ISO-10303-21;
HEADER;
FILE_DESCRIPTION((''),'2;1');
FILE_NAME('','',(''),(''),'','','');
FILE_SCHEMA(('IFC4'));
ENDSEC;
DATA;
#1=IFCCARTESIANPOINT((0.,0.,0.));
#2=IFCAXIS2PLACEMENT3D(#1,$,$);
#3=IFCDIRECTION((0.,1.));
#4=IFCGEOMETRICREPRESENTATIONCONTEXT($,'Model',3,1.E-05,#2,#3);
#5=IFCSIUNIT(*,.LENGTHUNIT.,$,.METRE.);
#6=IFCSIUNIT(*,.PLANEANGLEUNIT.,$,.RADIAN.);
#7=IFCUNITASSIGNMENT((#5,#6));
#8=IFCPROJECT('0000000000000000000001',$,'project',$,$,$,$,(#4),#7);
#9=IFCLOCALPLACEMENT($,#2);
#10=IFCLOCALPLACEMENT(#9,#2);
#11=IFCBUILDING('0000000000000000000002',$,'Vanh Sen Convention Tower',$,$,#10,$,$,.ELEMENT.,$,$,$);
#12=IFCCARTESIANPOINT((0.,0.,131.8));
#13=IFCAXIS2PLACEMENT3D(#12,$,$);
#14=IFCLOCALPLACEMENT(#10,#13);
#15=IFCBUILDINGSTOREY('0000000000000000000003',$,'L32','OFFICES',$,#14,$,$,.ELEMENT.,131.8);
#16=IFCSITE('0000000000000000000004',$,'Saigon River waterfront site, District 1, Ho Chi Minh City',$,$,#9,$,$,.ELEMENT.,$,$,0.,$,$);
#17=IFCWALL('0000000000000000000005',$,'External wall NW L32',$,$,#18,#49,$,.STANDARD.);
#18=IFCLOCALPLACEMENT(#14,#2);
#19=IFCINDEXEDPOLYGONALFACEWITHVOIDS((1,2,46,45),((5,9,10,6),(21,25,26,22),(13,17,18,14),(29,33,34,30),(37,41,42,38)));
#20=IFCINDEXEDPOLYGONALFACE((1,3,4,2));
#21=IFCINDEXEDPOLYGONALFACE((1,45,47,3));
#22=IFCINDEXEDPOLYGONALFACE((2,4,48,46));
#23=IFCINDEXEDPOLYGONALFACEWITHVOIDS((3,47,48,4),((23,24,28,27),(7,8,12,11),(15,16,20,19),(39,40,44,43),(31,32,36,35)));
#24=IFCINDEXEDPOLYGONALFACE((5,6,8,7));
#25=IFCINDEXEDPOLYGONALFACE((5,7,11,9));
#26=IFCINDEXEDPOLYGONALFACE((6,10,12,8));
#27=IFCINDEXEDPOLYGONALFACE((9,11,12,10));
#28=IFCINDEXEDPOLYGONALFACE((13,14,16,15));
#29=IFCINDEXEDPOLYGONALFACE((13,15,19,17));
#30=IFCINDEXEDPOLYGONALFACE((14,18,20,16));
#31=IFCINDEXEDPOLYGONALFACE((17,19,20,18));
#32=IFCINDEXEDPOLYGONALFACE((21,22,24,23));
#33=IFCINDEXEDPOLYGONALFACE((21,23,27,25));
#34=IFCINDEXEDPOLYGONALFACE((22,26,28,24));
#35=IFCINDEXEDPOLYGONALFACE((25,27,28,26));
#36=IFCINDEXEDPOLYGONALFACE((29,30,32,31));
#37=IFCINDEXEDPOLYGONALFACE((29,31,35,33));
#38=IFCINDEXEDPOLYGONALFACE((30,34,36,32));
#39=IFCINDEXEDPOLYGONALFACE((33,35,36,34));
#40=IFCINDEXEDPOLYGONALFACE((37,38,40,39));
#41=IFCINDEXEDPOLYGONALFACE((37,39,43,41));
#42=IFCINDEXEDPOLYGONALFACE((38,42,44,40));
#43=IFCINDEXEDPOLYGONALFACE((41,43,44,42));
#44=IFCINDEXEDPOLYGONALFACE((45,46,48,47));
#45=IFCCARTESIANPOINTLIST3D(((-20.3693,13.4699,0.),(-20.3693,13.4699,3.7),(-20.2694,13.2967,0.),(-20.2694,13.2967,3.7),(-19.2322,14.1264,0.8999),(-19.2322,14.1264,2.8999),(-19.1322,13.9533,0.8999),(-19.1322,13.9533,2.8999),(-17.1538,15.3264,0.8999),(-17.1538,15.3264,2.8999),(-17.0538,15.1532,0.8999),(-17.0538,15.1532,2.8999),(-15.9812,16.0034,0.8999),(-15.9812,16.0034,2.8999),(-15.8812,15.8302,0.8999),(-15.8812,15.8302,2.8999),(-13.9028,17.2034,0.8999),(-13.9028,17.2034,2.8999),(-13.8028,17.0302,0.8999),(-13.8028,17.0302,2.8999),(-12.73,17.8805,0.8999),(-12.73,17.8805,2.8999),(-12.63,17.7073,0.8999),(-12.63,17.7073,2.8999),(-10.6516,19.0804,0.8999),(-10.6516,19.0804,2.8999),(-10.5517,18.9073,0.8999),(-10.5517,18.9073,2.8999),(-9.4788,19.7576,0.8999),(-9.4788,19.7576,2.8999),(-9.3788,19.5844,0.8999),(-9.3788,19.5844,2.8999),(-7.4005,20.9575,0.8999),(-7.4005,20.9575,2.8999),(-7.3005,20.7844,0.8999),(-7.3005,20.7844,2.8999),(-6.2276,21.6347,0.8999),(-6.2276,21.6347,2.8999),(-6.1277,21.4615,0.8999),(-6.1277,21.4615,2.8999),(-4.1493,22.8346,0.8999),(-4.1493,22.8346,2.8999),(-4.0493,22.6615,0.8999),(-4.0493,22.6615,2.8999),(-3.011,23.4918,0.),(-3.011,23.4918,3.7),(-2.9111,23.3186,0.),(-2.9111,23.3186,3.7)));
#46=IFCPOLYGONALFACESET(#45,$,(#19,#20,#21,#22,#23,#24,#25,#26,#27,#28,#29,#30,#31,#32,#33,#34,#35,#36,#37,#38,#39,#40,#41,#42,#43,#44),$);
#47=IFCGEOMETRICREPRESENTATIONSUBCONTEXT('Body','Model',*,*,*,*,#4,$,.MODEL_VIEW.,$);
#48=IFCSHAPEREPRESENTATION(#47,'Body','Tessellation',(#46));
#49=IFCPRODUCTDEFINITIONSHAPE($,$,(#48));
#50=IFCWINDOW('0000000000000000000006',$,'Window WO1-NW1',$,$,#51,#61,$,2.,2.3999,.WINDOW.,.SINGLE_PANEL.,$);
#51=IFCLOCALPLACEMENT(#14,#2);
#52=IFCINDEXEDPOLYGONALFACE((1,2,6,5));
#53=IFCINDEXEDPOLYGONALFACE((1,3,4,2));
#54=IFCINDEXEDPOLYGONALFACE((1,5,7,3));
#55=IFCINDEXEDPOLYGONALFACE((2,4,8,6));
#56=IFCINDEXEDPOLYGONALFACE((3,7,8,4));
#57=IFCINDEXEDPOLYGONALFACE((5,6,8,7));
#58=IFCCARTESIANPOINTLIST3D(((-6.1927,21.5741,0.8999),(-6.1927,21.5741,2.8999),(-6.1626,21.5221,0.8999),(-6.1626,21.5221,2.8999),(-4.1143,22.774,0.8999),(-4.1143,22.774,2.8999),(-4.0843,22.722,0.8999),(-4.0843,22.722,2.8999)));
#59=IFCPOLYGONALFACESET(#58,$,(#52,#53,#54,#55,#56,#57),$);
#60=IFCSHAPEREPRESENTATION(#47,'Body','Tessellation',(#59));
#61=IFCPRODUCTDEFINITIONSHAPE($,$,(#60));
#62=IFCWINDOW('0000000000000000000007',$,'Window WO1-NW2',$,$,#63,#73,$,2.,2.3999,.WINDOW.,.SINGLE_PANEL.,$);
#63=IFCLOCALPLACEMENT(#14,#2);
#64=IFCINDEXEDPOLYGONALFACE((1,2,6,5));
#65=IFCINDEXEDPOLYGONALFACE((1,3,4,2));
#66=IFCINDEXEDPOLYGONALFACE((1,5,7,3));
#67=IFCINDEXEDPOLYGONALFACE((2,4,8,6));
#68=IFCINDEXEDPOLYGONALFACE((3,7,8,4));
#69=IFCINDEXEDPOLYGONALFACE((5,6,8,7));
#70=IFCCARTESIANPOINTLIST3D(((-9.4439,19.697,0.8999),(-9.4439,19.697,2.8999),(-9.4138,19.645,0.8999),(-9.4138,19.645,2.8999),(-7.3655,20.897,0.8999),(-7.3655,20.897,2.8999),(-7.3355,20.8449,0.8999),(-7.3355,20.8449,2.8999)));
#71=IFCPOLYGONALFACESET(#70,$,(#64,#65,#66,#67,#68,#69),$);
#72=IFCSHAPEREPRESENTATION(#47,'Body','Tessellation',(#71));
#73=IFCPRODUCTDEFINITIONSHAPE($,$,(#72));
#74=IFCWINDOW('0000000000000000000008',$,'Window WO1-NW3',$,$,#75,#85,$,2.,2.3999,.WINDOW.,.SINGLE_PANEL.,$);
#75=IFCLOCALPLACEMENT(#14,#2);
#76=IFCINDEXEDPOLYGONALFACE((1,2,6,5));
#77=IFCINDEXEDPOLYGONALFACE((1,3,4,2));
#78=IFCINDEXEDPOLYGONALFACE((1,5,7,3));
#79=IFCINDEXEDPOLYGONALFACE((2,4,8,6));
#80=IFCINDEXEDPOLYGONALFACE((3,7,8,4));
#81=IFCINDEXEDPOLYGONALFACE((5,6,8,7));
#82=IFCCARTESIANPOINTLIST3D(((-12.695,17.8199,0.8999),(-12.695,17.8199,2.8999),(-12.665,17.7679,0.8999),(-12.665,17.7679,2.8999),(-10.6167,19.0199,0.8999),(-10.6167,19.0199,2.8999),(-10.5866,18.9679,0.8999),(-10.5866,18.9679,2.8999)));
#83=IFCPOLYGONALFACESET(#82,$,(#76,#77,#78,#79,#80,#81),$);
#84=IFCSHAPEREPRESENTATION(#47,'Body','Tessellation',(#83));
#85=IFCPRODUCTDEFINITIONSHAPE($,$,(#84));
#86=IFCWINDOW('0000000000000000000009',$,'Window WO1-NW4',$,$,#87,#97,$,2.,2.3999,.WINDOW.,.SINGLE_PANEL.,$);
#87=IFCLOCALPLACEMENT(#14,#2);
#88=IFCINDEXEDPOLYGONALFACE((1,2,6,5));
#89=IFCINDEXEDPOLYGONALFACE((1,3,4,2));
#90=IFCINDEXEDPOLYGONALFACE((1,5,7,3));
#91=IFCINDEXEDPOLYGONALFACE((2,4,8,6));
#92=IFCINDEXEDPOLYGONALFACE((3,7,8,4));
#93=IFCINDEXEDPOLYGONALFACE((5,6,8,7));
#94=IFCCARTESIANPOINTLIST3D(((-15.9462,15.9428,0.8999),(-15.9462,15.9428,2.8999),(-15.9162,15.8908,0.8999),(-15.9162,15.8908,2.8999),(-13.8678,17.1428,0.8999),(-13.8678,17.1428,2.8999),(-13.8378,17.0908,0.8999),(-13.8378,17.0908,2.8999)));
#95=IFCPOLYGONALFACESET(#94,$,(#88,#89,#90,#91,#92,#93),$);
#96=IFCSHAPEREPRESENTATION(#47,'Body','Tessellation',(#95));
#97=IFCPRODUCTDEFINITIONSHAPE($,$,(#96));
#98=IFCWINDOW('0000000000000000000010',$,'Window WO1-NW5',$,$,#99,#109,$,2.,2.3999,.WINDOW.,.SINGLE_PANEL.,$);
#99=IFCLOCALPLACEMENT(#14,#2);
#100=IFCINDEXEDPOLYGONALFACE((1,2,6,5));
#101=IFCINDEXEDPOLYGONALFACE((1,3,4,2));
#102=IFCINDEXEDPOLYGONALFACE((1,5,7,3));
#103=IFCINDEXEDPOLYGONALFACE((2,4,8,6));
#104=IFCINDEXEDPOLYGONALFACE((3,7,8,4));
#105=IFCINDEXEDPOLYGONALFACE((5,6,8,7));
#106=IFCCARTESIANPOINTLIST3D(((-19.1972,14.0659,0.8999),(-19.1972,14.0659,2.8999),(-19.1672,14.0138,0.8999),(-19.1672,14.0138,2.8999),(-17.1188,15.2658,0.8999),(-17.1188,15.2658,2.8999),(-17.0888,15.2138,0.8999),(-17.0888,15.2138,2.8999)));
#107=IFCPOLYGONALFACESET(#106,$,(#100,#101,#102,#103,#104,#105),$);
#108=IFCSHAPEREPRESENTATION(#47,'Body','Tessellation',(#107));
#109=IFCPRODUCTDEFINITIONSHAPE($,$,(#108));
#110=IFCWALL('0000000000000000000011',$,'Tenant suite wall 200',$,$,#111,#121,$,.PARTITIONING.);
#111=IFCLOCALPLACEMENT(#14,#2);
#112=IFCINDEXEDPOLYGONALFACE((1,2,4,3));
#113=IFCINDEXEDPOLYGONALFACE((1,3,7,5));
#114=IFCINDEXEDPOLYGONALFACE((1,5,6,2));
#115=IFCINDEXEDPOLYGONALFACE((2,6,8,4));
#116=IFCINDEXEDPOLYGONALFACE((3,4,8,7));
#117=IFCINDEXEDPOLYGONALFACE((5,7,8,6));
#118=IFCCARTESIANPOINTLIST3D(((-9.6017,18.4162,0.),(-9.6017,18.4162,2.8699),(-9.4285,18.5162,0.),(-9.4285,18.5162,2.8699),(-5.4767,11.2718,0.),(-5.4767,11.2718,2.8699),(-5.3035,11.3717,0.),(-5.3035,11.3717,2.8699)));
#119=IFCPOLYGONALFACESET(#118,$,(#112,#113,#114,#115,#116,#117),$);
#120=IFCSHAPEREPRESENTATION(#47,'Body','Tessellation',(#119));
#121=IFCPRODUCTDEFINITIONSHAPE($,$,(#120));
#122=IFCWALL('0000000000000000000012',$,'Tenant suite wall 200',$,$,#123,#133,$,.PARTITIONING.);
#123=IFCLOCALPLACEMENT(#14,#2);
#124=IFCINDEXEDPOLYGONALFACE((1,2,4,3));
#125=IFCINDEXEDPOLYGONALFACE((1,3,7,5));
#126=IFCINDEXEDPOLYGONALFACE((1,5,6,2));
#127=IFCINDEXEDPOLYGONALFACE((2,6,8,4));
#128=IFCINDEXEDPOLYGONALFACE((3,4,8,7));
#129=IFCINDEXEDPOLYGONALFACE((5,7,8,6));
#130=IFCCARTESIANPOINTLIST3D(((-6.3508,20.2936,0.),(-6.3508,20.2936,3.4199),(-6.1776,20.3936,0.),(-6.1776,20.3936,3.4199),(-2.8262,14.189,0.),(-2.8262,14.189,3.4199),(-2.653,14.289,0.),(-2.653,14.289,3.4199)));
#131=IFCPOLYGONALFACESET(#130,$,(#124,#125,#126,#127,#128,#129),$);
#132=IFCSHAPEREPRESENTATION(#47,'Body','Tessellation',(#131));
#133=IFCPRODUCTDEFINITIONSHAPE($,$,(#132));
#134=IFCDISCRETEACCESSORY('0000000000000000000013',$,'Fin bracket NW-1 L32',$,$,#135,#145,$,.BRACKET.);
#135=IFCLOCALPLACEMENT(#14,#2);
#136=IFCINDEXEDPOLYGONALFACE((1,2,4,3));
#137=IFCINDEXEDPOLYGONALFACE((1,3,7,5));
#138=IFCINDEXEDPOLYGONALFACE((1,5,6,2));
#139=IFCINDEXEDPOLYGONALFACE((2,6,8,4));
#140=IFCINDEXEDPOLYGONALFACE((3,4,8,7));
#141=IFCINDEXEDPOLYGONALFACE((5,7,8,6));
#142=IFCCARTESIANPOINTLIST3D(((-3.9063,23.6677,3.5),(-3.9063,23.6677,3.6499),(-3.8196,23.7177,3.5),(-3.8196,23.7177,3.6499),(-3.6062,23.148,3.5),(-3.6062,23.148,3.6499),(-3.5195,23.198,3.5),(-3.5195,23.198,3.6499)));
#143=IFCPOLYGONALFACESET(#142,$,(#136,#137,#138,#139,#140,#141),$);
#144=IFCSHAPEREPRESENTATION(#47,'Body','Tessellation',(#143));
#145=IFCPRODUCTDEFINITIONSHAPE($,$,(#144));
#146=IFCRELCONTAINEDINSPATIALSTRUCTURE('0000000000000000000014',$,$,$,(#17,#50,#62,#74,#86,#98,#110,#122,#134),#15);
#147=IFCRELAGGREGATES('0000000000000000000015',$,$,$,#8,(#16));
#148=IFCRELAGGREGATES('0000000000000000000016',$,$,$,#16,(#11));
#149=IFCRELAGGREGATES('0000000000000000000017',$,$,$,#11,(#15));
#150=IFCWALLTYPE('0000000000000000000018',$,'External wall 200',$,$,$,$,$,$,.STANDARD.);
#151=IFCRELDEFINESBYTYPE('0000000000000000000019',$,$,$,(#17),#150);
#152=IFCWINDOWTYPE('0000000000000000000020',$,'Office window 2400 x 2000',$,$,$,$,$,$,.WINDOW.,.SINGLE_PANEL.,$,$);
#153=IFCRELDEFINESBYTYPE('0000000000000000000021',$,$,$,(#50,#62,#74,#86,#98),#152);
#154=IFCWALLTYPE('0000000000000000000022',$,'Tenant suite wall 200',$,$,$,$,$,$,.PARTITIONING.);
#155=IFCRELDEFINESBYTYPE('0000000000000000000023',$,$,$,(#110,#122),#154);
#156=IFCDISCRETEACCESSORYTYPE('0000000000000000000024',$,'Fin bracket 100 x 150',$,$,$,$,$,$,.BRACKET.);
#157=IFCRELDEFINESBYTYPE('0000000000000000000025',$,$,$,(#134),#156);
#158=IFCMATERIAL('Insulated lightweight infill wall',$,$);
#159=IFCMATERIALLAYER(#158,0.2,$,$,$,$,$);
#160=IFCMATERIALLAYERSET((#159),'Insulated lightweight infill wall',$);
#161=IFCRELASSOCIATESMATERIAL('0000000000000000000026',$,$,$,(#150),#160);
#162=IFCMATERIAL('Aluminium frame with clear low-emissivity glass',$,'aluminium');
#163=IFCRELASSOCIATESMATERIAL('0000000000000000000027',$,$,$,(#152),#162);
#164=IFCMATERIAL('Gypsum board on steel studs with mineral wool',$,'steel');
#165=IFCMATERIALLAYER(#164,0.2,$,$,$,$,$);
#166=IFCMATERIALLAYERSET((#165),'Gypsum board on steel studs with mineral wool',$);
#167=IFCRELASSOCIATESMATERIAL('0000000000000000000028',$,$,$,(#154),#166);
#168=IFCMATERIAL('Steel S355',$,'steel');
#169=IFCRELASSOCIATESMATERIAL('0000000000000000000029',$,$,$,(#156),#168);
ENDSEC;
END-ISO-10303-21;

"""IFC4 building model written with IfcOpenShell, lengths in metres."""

from ifc_helpers import new_model, si_unit, direction, frame, frame_2d, origin, origin_2d, place, context, subcontext, project, spatial, rectangle, extrude, material, layer, layer_set, type_object, element, fill, save


model = new_model("IFC4")

# Units and contexts
model_context = context("Model", 3, precision=1e-05, world=origin(), true_north=direction((0.0, 1.0)))
body_context = subcontext(model_context, "Body", "Model", "MODEL_VIEW")
ifc_project = project(units=[si_unit("LENGTHUNIT", "METRE"), si_unit("PLANEANGLEUNIT", "RADIAN")], contexts=[model_context])

# Site, building, storey
site_placement = place(None, origin())
site = spatial("IfcSite", under=ifc_project, at=site_placement, Name="Saigon River waterfront site, District 1, Ho Chi Minh City", CompositionType="ELEMENT", RefElevation=0.0)
building_placement = place(site_placement, origin())
building = spatial("IfcBuilding", under=site, at=building_placement, Name="Vanh Sen Convention Tower", CompositionType="ELEMENT")
storey_placement = place(building_placement, frame((0.0, 0.0, 131.8)))
storey = spatial("IfcBuildingStorey", under=building, at=storey_placement, Name="L32", Description="OFFICES", CompositionType="ELEMENT", Elevation=131.8)

# Shared definitions
ifc_material_1 = material(Name="Gypsum board on steel studs with mineral wool", Category="steel")

# Wall, openings, windows
ifc_material_2 = material(Name="Insulated lightweight infill wall")
ifc_layer_1 = layer(ifc_material_2, 0.2)
ifc_layer_set_1 = layer_set([ifc_layer_1], Name="Insulated lightweight infill wall")
wall_type_1 = type_object("IfcWallType", Name="External wall 200", PredefinedType="STANDARD", material=ifc_layer_set_1)
wall_1_placement = place(storey_placement, frame((-2.9609, 23.4053, 0.0), z_axis=(0.0, 0.0, 1.0), x_axis=(-0.866023, -0.500004, 0.0)))
wall_1 = element("IfcWall", 1, at=wall_1_placement, inside=storey, type_object=wall_type_1, Name="External wall NW L32", PredefinedType="STANDARD", context=body_context, shape_type="SweptSolid", body=[
    extrude(rectangle(XDim=20.0437, YDim=0.2, at=frame_2d((10.022, 0.0))), origin(), (0.0, 0.0, 1.0), 3.7),
])
opening_1_placement = place(wall_1_placement, frame((1.3145, 0.0, 0.8999)))
opening_1 = element("IfcOpeningElement", 2, at=opening_1_placement, cuts=wall_1, PredefinedType="OPENING", context=body_context, shape_type="SweptSolid", body=[
    extrude(rectangle(XDim=2.3999, YDim=2.0, at=frame_2d((1.2, 1.0))), frame((0.0, 0.1099, 0.0), z_axis=(0.0, -1.0, 0.0), x_axis=(1.0, 0.0, 0.0)), (0.0, 0.0, 1.0), 0.22),
])
opening_2_placement = place(wall_1_placement, frame((5.0686, 0.0, 0.8999)))
opening_2 = element("IfcOpeningElement", 3, at=opening_2_placement, cuts=wall_1, PredefinedType="OPENING", context=body_context, shape_type="SweptSolid", body=[
    extrude(rectangle(XDim=2.3999, YDim=2.0, at=frame_2d((1.2, 1.0))), frame((0.0, 0.1099, 0.0), z_axis=(0.0, -1.0, 0.0), x_axis=(1.0, 0.0, 0.0)), (0.0, 0.0, 1.0), 0.22),
])
opening_3_placement = place(wall_1_placement, frame((8.8228, 0.0, 0.8999)))
opening_3 = element("IfcOpeningElement", 4, at=opening_3_placement, cuts=wall_1, PredefinedType="OPENING", context=body_context, shape_type="SweptSolid", body=[
    extrude(rectangle(XDim=2.3999, YDim=2.0, at=frame_2d((1.2, 1.0))), frame((0.0, 0.1099, 0.0), z_axis=(0.0, -1.0, 0.0), x_axis=(1.0, 0.0, 0.0)), (0.0, 0.0, 1.0), 0.22),
])
opening_4_placement = place(wall_1_placement, frame((12.5769, 0.0, 0.8999)))
opening_4 = element("IfcOpeningElement", 5, at=opening_4_placement, cuts=wall_1, PredefinedType="OPENING", context=body_context, shape_type="SweptSolid", body=[
    extrude(rectangle(XDim=2.3999, YDim=2.0, at=frame_2d((1.2, 1.0))), frame((0.0, 0.1099, 0.0), z_axis=(0.0, -1.0, 0.0), x_axis=(1.0, 0.0, 0.0)), (0.0, 0.0, 1.0), 0.22),
])
opening_5_placement = place(wall_1_placement, frame((16.3308, 0.0, 0.8999)))
opening_5 = element("IfcOpeningElement", 6, at=opening_5_placement, cuts=wall_1, PredefinedType="OPENING", context=body_context, shape_type="SweptSolid", body=[
    extrude(rectangle(XDim=2.3999, YDim=2.0, at=frame_2d((1.2, 1.0))), frame((0.0, 0.1099, 0.0), z_axis=(0.0, -1.0, 0.0), x_axis=(1.0, 0.0, 0.0)), (0.0, 0.0, 1.0), 0.22),
])
ifc_material_3 = material(Name="Aluminium frame with clear low-emissivity glass", Category="aluminium")
window_type = type_object("IfcWindowType", Name="Office window 2400 x 2000", PartitioningType="SINGLE_PANEL", PredefinedType="WINDOW", material=ifc_material_3)
window_1_placement = place(opening_1_placement, origin())
window_1 = element("IfcWindow", 7, at=window_1_placement, inside=storey, type_object=window_type, Name="Window WO1-NW1", OverallHeight=2.0, OverallWidth=2.3999, PartitioningType="SINGLE_PANEL", PredefinedType="WINDOW", context=body_context, shape_type="SweptSolid", body=[
    extrude(rectangle(XDim=2.3999, YDim=2.0, at=frame_2d((1.2, 1.0))), frame((0.0, 0.03, 0.0), z_axis=(0.0, -1.0, 0.0), x_axis=(1.0, 0.0, 0.0)), (0.0, 0.0, 1.0), 0.0601),
])
fill(opening_1, window_1)
window_2_placement = place(opening_2_placement, origin())
window_2 = element("IfcWindow", 8, at=window_2_placement, inside=storey, type_object=window_type, Name="Window WO1-NW2", OverallHeight=2.0, OverallWidth=2.3999, PartitioningType="SINGLE_PANEL", PredefinedType="WINDOW", context=body_context, shape_type="SweptSolid", body=[
    extrude(rectangle(XDim=2.3999, YDim=2.0, at=frame_2d((1.2, 1.0))), frame((0.0, 0.03, 0.0), z_axis=(0.0, -1.0, 0.0), x_axis=(1.0, 0.0, 0.0)), (0.0, 0.0, 1.0), 0.0601),
])
fill(opening_2, window_2)
window_3_placement = place(opening_3_placement, origin())
window_3 = element("IfcWindow", 9, at=window_3_placement, inside=storey, type_object=window_type, Name="Window WO1-NW3", OverallHeight=2.0, OverallWidth=2.3999, PartitioningType="SINGLE_PANEL", PredefinedType="WINDOW", context=body_context, shape_type="SweptSolid", body=[
    extrude(rectangle(XDim=2.3999, YDim=2.0, at=frame_2d((1.2, 1.0))), frame((0.0, 0.03, 0.0), z_axis=(0.0, -1.0, 0.0), x_axis=(1.0, 0.0, 0.0)), (0.0, 0.0, 1.0), 0.0601),
])
fill(opening_3, window_3)
window_4_placement = place(opening_4_placement, origin())
window_4 = element("IfcWindow", 10, at=window_4_placement, inside=storey, type_object=window_type, Name="Window WO1-NW4", OverallHeight=2.0, OverallWidth=2.3999, PartitioningType="SINGLE_PANEL", PredefinedType="WINDOW", context=body_context, shape_type="SweptSolid", body=[
    extrude(rectangle(XDim=2.3999, YDim=2.0, at=frame_2d((1.2, 1.0))), frame((0.0, 0.03, 0.0), z_axis=(0.0, -1.0, 0.0), x_axis=(1.0, 0.0, 0.0)), (0.0, 0.0, 1.0), 0.0601),
])
fill(opening_4, window_4)
window_5_placement = place(opening_5_placement, origin())
window_5 = element("IfcWindow", 11, at=window_5_placement, inside=storey, type_object=window_type, Name="Window WO1-NW5", OverallHeight=2.0, OverallWidth=2.3999, PartitioningType="SINGLE_PANEL", PredefinedType="WINDOW", context=body_context, shape_type="SweptSolid", body=[
    extrude(rectangle(XDim=2.3999, YDim=2.0, at=frame_2d((1.2, 1.0))), frame((0.0, 0.03, 0.0), z_axis=(0.0, -1.0, 0.0), x_axis=(1.0, 0.0, 0.0)), (0.0, 0.0, 1.0), 0.0601),
])
fill(opening_5, window_5)

# Walls
ifc_layer_2 = layer(ifc_material_1, 0.2)
ifc_layer_set_2 = layer_set([ifc_layer_2], Name="Gypsum board on steel studs with mineral wool")
wall_type_2 = type_object("IfcWallType", Name="Tenant suite wall 200", PredefinedType="PARTITIONING", material=ifc_layer_set_2)
wall_2_placement = place(storey_placement, frame((-9.5151, 18.4663, 0.0), z_axis=(0.0, 0.0, 1.0), x_axis=(0.500009, -0.86602, 0.0)))
element("IfcWall", 12, at=wall_2_placement, inside=storey, type_object=wall_type_2, Name="Tenant suite wall 200", PredefinedType="PARTITIONING", context=body_context, shape_type="SweptSolid", body=[
    extrude(rectangle(XDim=8.2498, YDim=0.2, at=frame_2d((4.125, 0.0))), origin(), (0.0, 0.0, 1.0), 2.8699),
])
wall_3_placement = place(storey_placement, frame((-6.2642, 20.3435, 0.0), z_axis=(0.0, 0.0, 1.0), x_axis=(0.500009, -0.86602, 0.0)))
element("IfcWall", 13, at=wall_3_placement, inside=storey, type_object=wall_type_2, Name="Tenant suite wall 200", PredefinedType="PARTITIONING", context=body_context, shape_type="SweptSolid", body=[
    extrude(rectangle(XDim=7.0491, YDim=0.2, at=frame_2d((3.5244, 0.0))), origin(), (0.0, 0.0, 1.0), 3.4199),
])

# Discrete accessory
ifc_material_4 = material(Name="Steel S355", Category="steel")
discrete_accessory_type = type_object("IfcDiscreteAccessoryType", Name="Fin bracket 100 x 150", PredefinedType="BRACKET", material=ifc_material_4)
discrete_accessory_placement = place(storey_placement, frame((-3.7129, 23.4329, 3.5), z_axis=(0.0, 0.0, 1.0), x_axis=(-0.5, 0.866025, 0.0)))
element("IfcDiscreteAccessory", 14, at=discrete_accessory_placement, inside=storey, type_object=discrete_accessory_type, Name="Fin bracket NW-1 L32", PredefinedType="BRACKET", context=body_context, shape_type="SweptSolid", body=[
    extrude(rectangle(XDim=0.6001, YDim=0.1001, at=origin_2d()), origin(), (0.0, 0.0, 1.0), 0.1499),
])

save(model, "model.ifc")
